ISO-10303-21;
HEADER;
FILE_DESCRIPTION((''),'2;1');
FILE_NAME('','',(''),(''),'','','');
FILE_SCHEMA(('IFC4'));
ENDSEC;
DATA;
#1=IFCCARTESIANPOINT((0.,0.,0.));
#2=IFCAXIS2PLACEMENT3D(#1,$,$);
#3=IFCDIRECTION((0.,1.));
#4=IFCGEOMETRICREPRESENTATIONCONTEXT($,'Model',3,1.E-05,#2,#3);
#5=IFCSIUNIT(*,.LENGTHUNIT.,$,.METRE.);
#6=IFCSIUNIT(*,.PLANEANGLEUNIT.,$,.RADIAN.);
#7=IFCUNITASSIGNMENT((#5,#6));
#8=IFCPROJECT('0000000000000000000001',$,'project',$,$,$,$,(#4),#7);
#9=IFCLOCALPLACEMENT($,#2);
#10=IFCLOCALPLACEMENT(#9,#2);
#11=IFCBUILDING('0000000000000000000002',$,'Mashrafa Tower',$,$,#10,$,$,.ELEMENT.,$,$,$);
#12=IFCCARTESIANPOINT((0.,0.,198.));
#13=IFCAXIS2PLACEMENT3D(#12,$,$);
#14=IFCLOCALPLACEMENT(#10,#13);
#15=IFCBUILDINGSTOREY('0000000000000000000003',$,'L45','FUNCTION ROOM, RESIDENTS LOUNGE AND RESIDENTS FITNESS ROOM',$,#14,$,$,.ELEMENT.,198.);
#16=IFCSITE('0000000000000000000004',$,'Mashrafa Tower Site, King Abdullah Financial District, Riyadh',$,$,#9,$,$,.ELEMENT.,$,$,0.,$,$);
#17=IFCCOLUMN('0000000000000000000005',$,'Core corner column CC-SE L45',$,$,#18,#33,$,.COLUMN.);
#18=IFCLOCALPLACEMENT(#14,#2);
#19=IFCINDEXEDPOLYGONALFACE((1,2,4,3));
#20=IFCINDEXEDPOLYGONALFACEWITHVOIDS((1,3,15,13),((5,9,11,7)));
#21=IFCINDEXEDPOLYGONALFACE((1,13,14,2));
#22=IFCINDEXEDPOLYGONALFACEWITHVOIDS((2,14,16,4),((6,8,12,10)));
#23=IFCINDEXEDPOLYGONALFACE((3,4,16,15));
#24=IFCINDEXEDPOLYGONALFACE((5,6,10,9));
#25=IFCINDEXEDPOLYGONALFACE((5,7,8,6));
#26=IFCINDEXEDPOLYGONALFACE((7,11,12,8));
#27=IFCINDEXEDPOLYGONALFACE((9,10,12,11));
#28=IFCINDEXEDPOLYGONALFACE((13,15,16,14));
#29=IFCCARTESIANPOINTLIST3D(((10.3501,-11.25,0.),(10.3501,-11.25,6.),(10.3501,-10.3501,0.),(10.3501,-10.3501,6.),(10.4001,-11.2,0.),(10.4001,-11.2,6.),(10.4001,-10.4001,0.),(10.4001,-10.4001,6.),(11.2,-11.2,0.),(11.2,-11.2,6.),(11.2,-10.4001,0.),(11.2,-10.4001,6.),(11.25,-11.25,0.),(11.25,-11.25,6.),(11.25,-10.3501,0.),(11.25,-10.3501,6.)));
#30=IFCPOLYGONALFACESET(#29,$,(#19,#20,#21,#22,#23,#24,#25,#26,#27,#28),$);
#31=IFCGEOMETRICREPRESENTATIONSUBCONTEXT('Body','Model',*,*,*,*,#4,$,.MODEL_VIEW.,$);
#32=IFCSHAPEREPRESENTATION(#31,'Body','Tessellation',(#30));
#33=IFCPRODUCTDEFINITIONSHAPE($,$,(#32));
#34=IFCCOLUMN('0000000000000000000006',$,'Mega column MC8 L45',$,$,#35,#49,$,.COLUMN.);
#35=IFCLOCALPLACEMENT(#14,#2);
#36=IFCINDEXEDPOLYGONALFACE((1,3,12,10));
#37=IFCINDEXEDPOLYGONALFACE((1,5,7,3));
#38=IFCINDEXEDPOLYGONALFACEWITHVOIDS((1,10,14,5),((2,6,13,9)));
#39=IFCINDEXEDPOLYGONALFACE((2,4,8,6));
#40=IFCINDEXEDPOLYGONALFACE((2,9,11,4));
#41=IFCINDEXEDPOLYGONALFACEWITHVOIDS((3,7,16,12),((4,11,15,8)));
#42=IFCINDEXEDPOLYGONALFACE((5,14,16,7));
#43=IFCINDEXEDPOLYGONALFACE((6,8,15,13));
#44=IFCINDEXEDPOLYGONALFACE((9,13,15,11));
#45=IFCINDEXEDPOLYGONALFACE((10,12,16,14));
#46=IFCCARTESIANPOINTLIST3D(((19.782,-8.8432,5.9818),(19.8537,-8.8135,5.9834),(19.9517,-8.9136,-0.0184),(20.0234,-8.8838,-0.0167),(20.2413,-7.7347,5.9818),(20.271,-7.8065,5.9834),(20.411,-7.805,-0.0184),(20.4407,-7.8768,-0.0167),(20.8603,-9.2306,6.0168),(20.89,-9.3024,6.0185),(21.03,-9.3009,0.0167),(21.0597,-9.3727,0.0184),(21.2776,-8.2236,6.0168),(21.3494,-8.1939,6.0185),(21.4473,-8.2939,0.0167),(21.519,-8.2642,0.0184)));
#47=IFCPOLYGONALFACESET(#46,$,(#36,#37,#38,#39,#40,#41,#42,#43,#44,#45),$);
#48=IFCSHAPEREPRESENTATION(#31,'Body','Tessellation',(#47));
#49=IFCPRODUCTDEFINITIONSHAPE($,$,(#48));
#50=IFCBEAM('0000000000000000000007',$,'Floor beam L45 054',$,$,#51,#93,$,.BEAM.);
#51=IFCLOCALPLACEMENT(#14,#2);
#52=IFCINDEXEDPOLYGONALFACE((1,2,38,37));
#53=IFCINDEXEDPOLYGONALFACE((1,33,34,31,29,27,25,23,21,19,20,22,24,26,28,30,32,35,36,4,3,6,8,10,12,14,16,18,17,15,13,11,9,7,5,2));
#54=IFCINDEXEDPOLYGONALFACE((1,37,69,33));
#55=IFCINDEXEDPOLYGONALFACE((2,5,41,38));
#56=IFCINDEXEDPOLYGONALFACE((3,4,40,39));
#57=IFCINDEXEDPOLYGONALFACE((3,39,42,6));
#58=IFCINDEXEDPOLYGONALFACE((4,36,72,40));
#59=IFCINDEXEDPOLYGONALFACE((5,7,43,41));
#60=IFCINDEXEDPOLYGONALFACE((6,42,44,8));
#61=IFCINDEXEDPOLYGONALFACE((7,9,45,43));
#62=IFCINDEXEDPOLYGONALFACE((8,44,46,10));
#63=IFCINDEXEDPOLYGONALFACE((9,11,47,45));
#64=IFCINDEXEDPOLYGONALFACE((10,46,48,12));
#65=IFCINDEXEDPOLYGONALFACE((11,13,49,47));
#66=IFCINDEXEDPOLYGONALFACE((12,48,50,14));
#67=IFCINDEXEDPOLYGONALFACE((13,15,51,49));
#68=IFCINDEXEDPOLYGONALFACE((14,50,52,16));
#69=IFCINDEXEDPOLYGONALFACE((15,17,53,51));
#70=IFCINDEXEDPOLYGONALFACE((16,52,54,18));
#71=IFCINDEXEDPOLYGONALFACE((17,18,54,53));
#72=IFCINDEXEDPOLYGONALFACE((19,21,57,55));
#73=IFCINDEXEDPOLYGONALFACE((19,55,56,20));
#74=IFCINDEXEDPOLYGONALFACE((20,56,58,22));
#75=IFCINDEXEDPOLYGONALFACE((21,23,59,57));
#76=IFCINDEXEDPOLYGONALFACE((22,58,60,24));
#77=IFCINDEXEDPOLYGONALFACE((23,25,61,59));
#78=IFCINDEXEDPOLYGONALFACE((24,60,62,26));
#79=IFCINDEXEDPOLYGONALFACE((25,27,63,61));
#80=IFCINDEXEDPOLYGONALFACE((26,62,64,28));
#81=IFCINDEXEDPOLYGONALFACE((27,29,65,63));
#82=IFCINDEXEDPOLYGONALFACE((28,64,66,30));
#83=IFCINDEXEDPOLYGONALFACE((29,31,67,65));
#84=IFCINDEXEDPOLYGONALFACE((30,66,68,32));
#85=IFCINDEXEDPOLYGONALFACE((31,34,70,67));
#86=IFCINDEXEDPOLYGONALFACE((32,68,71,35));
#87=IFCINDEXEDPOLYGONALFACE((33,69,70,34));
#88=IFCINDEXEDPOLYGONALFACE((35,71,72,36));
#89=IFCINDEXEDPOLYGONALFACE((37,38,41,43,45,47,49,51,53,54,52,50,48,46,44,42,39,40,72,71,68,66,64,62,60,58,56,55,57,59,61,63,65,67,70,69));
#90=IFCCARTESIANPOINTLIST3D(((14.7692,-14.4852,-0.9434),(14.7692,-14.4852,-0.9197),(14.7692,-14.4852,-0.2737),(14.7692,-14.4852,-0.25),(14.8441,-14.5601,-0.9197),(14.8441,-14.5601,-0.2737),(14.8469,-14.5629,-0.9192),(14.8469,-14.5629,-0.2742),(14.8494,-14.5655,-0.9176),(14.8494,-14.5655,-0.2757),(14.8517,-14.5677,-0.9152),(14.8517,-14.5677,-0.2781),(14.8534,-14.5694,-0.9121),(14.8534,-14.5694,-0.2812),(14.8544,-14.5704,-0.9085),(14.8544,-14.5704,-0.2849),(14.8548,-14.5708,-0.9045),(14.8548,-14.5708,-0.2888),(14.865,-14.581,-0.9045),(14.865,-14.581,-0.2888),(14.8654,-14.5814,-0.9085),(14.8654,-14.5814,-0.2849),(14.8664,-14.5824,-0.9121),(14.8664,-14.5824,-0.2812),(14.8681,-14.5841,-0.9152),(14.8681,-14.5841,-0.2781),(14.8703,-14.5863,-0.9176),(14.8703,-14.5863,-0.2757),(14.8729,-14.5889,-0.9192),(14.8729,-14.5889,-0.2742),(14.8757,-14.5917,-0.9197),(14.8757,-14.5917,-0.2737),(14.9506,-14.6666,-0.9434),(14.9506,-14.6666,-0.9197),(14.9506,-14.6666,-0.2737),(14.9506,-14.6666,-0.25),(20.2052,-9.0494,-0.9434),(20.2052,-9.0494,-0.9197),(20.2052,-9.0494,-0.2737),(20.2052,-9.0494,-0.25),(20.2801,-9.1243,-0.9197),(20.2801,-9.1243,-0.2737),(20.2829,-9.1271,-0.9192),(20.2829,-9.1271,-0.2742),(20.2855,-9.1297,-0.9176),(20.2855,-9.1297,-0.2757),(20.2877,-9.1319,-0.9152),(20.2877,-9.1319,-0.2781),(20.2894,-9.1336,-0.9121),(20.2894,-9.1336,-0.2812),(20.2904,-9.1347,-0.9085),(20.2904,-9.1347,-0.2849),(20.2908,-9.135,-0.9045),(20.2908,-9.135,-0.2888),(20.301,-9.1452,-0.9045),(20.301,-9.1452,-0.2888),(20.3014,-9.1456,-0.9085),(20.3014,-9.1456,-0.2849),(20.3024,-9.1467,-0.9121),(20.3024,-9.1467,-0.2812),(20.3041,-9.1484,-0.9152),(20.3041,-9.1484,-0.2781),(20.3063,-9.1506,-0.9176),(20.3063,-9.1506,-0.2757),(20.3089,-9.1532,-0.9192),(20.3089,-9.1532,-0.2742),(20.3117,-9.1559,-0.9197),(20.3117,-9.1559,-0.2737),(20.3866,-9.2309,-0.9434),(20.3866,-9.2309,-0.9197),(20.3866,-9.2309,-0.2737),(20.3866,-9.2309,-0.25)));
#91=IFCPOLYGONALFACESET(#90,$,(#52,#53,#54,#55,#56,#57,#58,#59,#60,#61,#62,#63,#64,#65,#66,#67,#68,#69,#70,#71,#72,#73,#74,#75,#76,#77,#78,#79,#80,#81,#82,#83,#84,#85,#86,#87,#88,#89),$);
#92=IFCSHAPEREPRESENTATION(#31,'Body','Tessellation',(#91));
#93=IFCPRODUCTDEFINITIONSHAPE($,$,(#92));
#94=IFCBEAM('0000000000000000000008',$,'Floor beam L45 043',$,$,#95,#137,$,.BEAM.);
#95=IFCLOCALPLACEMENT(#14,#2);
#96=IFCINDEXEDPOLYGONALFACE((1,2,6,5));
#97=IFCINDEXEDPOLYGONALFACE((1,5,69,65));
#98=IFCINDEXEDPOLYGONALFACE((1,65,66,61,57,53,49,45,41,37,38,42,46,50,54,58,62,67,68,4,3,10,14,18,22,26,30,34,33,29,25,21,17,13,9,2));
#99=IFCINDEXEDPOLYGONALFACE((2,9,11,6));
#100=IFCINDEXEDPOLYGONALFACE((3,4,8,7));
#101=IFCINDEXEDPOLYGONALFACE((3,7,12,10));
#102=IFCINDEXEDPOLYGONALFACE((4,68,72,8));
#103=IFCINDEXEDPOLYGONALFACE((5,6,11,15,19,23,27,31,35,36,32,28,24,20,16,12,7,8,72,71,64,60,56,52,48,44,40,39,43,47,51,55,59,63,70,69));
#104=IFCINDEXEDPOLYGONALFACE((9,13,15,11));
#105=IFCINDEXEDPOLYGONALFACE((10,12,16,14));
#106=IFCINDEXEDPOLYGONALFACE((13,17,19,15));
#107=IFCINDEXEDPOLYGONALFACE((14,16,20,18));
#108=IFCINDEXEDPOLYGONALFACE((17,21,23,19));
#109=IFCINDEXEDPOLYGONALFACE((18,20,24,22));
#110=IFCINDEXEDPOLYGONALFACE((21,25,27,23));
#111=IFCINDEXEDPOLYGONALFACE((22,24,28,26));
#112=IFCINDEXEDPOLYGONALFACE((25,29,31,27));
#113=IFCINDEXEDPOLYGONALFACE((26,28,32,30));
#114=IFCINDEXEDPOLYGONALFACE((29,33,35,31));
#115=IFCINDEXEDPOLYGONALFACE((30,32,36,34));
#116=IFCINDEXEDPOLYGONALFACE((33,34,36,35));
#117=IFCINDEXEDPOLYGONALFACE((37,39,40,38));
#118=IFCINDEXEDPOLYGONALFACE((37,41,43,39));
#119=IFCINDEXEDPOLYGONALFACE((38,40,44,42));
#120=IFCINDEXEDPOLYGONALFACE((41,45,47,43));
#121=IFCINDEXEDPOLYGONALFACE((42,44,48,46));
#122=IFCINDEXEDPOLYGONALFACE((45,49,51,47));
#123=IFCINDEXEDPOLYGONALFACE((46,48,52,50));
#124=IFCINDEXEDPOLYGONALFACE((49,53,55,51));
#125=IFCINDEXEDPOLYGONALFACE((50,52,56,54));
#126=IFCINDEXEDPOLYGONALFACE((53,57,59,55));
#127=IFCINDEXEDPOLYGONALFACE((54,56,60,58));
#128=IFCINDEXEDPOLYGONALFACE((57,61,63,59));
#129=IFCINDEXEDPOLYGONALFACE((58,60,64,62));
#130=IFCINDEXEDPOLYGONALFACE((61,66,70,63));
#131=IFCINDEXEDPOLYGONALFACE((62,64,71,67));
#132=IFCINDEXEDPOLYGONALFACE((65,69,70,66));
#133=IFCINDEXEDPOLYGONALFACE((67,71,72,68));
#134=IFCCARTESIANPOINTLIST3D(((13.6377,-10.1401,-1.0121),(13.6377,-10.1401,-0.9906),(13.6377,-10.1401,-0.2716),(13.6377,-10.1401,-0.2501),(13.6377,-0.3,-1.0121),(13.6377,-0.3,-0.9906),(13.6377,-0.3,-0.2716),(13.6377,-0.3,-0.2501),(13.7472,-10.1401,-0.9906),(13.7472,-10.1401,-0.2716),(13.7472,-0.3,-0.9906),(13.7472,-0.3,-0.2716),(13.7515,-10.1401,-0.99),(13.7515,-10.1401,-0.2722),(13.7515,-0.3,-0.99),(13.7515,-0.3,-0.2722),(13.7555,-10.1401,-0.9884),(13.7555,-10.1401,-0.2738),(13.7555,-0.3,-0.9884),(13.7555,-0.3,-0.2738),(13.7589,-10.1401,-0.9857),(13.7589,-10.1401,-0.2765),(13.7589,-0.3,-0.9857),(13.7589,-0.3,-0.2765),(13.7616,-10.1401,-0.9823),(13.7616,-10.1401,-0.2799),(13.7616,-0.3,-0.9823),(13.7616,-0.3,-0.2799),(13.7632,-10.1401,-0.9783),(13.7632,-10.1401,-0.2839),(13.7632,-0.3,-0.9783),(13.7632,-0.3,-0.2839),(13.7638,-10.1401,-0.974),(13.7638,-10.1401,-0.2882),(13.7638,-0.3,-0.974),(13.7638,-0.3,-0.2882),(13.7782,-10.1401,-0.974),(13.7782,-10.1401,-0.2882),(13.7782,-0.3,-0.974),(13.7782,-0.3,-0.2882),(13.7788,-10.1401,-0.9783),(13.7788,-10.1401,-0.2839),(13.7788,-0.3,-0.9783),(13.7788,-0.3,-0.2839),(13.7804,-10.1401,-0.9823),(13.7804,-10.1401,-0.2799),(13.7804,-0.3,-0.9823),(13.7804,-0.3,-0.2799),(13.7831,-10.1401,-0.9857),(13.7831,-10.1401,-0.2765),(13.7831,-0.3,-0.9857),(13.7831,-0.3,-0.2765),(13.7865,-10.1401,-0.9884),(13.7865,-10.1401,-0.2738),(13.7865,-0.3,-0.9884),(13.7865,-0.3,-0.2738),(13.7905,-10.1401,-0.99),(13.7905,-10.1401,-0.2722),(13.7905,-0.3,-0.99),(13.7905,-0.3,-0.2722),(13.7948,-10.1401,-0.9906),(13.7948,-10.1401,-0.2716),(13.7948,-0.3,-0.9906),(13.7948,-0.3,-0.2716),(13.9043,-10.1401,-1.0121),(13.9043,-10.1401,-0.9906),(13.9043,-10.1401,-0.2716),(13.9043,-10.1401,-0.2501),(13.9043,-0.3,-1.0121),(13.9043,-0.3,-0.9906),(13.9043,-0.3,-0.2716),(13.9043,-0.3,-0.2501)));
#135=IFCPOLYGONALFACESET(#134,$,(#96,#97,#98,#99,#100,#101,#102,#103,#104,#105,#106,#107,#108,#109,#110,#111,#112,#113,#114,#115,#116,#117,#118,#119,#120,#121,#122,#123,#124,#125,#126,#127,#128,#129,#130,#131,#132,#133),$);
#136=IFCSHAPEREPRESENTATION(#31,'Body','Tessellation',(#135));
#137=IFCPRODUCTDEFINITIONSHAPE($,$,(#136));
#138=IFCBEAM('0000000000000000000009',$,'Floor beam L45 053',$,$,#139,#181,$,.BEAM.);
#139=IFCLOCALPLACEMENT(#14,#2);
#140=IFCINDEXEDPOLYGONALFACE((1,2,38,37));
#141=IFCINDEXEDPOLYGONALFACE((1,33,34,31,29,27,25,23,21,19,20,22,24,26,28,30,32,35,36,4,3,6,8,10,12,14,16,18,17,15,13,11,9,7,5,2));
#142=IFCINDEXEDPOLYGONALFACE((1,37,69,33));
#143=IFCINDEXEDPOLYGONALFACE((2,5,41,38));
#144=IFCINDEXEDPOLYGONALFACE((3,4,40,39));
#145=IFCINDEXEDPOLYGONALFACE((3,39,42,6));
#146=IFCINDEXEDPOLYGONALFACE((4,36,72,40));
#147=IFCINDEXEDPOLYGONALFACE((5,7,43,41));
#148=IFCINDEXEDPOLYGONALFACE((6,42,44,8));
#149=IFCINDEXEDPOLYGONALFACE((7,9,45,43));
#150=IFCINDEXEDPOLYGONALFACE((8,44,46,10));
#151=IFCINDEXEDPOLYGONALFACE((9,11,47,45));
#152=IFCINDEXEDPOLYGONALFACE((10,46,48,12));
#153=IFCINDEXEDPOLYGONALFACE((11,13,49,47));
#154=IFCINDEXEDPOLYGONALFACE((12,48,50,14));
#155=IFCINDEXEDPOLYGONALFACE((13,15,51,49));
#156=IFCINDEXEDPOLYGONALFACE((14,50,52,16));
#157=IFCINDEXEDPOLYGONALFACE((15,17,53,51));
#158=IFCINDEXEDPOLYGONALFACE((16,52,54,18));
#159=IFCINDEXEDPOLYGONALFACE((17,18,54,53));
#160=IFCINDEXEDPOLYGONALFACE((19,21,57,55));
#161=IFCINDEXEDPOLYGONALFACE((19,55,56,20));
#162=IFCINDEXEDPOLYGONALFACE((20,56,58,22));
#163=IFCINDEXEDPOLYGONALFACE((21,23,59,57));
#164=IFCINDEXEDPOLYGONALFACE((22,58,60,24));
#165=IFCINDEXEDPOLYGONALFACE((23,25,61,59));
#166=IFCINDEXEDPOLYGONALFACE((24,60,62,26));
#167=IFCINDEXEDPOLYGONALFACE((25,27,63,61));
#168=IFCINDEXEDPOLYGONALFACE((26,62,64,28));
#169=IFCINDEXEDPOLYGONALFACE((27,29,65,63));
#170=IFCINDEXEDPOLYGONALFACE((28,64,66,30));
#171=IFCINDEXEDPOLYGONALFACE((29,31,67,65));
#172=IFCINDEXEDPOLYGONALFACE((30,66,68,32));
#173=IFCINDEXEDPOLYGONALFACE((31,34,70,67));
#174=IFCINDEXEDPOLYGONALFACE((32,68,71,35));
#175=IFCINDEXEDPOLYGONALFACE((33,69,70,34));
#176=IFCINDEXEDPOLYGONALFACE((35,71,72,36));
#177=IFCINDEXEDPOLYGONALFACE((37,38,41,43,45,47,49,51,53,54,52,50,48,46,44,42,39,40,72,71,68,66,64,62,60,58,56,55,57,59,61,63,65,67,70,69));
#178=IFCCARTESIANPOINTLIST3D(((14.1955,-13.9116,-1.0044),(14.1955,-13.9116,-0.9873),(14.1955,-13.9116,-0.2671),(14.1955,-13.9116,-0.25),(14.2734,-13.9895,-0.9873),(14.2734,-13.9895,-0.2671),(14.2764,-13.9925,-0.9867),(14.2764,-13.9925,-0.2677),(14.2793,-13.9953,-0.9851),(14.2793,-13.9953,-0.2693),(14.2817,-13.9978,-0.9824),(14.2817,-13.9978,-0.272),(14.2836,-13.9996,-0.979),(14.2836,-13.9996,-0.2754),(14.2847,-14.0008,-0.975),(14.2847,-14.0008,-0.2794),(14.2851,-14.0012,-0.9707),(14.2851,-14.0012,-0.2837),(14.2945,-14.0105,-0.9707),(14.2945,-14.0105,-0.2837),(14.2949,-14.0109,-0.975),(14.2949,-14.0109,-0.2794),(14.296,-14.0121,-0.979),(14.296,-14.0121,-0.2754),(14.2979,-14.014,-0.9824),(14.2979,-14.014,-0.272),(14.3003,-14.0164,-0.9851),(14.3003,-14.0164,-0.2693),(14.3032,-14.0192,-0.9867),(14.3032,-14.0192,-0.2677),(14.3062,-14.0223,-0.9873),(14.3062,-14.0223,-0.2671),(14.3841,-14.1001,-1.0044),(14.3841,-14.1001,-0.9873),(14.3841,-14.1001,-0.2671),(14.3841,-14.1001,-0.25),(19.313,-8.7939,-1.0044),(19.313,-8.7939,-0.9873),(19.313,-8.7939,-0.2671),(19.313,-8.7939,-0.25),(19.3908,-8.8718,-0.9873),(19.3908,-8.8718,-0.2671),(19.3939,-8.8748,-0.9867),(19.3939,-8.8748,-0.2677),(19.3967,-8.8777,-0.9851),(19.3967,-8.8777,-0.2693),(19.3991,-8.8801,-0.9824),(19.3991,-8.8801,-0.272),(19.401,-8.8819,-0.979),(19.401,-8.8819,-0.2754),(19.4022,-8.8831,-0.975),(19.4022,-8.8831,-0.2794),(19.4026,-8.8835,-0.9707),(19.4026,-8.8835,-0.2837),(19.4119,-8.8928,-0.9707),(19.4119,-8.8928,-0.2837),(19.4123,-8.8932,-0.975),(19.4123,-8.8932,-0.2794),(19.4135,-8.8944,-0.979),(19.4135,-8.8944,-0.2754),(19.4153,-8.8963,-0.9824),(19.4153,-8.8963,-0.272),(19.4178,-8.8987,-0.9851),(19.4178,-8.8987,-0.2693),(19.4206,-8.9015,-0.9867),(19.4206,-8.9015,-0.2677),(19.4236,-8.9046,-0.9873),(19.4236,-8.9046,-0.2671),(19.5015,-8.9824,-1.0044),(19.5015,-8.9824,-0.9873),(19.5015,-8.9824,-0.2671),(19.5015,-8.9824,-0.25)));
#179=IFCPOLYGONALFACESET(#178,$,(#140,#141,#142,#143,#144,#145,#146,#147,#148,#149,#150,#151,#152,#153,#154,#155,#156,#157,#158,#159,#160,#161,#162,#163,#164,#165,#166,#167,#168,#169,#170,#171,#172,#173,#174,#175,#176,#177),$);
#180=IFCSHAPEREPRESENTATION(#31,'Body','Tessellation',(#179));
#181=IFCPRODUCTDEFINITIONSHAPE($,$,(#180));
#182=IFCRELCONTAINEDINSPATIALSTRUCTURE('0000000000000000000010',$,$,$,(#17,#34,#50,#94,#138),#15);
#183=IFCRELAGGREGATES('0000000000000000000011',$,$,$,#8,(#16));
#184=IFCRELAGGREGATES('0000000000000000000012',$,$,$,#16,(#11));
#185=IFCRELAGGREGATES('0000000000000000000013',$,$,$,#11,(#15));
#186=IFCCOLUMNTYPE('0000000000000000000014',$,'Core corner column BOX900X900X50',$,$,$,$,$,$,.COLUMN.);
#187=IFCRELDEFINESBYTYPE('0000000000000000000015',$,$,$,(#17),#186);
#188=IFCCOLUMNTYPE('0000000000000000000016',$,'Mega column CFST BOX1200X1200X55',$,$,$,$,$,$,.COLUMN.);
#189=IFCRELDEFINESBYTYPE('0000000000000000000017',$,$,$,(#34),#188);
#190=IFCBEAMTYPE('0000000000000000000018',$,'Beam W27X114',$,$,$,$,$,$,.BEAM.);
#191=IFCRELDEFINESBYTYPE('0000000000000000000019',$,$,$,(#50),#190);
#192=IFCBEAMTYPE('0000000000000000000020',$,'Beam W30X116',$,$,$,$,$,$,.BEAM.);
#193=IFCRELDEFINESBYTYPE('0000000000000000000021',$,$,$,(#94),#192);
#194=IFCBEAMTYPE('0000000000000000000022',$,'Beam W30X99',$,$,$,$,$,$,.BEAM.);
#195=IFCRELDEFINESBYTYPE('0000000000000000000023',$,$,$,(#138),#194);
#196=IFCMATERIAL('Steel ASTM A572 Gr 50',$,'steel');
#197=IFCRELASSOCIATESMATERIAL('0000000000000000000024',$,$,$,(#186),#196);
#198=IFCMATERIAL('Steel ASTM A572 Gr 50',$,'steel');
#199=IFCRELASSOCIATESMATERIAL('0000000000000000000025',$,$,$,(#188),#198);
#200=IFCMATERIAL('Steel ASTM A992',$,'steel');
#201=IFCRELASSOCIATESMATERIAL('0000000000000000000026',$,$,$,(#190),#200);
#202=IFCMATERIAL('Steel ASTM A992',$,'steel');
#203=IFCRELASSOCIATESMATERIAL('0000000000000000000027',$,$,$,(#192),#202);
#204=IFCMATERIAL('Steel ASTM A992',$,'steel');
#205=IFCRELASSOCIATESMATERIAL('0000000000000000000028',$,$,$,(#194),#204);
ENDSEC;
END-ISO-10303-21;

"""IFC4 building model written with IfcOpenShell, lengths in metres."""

from ifc_helpers import new_model, si_unit, direction, frame, origin, origin_2d, place, context, subcontext, project, spatial, hollow_rectangle, i_section, extrude, material, material_profile, profile_set, type_object, element, save


model = new_model("IFC4")

# Units and contexts
model_context = context("Model", 3, precision=1e-05, world=origin(), true_north=direction((0.0, 1.0)))
body_context = subcontext(model_context, "Body", "Model", "MODEL_VIEW")
ifc_project = project(units=[si_unit("LENGTHUNIT", "METRE"), si_unit("PLANEANGLEUNIT", "RADIAN")], contexts=[model_context])

# Site, building, storey
site_placement = place(None, origin())
site = spatial("IfcSite", under=ifc_project, at=site_placement, Name="Mashrafa Tower Site, King Abdullah Financial District, Riyadh", CompositionType="ELEMENT", RefElevation=0.0)
building_placement = place(site_placement, origin())
building = spatial("IfcBuilding", under=site, at=building_placement, Name="Mashrafa Tower", CompositionType="ELEMENT")
storey_placement = place(building_placement, frame((0.0, 0.0, 198.0)))
storey = spatial("IfcBuildingStorey", under=building, at=storey_placement, Name="L45", Description="FUNCTION ROOM, RESIDENTS LOUNGE AND RESIDENTS FITNESS ROOM", CompositionType="ELEMENT", Elevation=198.0)

# Columns
ifc_material_1 = material(Name="Steel ASTM A572 Gr 50", Category="steel")
ifc_material_profile_1 = material_profile(ifc_material_1, hollow_rectangle(XDim=0.8999, YDim=0.8999, WallThickness=0.05, at=origin_2d()), Name="BOX900X900X50")
ifc_profile_set_1 = profile_set([ifc_material_profile_1], Name="Steel ASTM A572 Gr 50")
column_type_1 = type_object("IfcColumnType", Name="Core corner column BOX900X900X50", PredefinedType="COLUMN", material=ifc_profile_set_1)
column_1_placement = place(storey_placement, frame((10.8, -10.8, 0.0), z_axis=(0.0, 0.0, 1.0), x_axis=(1.0, 0.0, 0.0)))
element("IfcColumn", 1, at=column_1_placement, inside=storey, type_object=column_type_1, Name="Core corner column CC-SE L45", PredefinedType="COLUMN", context=body_context, shape_type="SweptSolid", body=[
    extrude(hollow_rectangle(XDim=0.8999, YDim=0.8999, WallThickness=0.05, at=origin_2d()), origin(), (0.0, 0.0, 1.0), 6.0),
])
ifc_material_2 = material(Name="Steel ASTM A572 Gr 50", Category="steel")
ifc_material_profile_2 = material_profile(ifc_material_2, hollow_rectangle(XDim=1.2, YDim=1.2, WallThickness=0.0549, at=origin_2d()), Name="BOX1200X1200X55")
ifc_profile_set_2 = profile_set([ifc_material_profile_2], Name="Steel ASTM A572 Gr 50")
column_type_2 = type_object("IfcColumnType", Name="Mega column CFST BOX1200X1200X55", PredefinedType="COLUMN", material=ifc_profile_set_2)
column_2_placement = place(storey_placement, frame((20.7354, -8.5889, 0.0), z_axis=(-0.028266, 0.011713, 0.999532), x_axis=(-0.382821, -0.923822, 0.0)))
element("IfcColumn", 2, at=column_2_placement, inside=storey, type_object=column_type_2, Name="Mega column MC8 L45", PredefinedType="COLUMN", context=body_context, shape_type="SweptSolid", body=[
    extrude(hollow_rectangle(XDim=1.2, YDim=1.2, WallThickness=0.0549, at=origin_2d()), origin(), (0.0, 0.0, 1.0), 6.0029),
])

# Beams
ifc_material_3 = material(Name="Steel ASTM A992", Category="steel")
ifc_material_profile_3 = material_profile(ifc_material_3, i_section(OverallWidth=0.2566, OverallDepth=0.6934, WebThickness=0.0144, FlangeThickness=0.0237, FilletRadius=0.0151, at=origin_2d()), Name="W27X114")
ifc_profile_set_3 = profile_set([ifc_material_profile_3], Name="Steel ASTM A992")
beam_type_1 = type_object("IfcBeamType", Name="Beam W27X114", PredefinedType="BEAM", material=ifc_profile_set_3)
beam_1_placement = place(storey_placement, frame((20.2959, -9.1401, -0.5967), z_axis=(-0.707123, -0.707091, 0.0), x_axis=(0.707091, -0.707123, 0.0)))
element("IfcBeam", 3, at=beam_1_placement, inside=storey, type_object=beam_type_1, Name="Floor beam L45 054", PredefinedType="BEAM", context=body_context, shape_type="SweptSolid", body=[
    extrude(i_section(OverallWidth=0.2566, OverallDepth=0.6934, WebThickness=0.0144, FlangeThickness=0.0237, FilletRadius=0.0151, at=origin_2d()), origin(), (0.0, 0.0, 1.0), 7.6875),
])
ifc_material_4 = material(Name="Steel ASTM A992", Category="steel")
ifc_material_profile_4 = material_profile(ifc_material_4, i_section(OverallWidth=0.2666, OverallDepth=0.762, WebThickness=0.0144, FlangeThickness=0.0215, FilletRadius=0.0166, at=origin_2d()), Name="W30X116")
ifc_profile_set_4 = profile_set([ifc_material_profile_4], Name="Steel ASTM A992")
beam_type_2 = type_object("IfcBeamType", Name="Beam W30X116", PredefinedType="BEAM", material=ifc_profile_set_4)
beam_2_placement = place(storey_placement, frame((13.771, -0.3, -0.6311), z_axis=(0.0, -1.0, 0.0), x_axis=(1.0, 0.0, 0.0)))
element("IfcBeam", 4, at=beam_2_placement, inside=storey, type_object=beam_type_2, Name="Floor beam L45 043", PredefinedType="BEAM", context=body_context, shape_type="SweptSolid", body=[
    extrude(i_section(OverallWidth=0.2666, OverallDepth=0.762, WebThickness=0.0144, FlangeThickness=0.0215, FilletRadius=0.0166, at=origin_2d()), origin(), (0.0, 0.0, 1.0), 9.8401),
])
ifc_material_5 = material(Name="Steel ASTM A992", Category="steel")
ifc_material_profile_5 = material_profile(ifc_material_5, i_section(OverallWidth=0.2666, OverallDepth=0.7544, WebThickness=0.0132, FlangeThickness=0.0171, FilletRadius=0.0166, at=origin_2d()), Name="W30X99")
ifc_profile_set_5 = profile_set([ifc_material_profile_5], Name="Steel ASTM A992")
beam_type_3 = type_object("IfcBeamType", Name="Beam W30X99", PredefinedType="BEAM", material=ifc_profile_set_5)
beam_3_placement = place(storey_placement, frame((19.4072, -8.8882, -0.6272), z_axis=(-0.70709, -0.707124, 0.0), x_axis=(0.707124, -0.70709, 0.0)))
element("IfcBeam", 5, at=beam_3_placement, inside=storey, type_object=beam_type_3, Name="Floor beam L45 053", PredefinedType="BEAM", context=body_context, shape_type="SweptSolid", body=[
    extrude(i_section(OverallWidth=0.2666, OverallDepth=0.7544, WebThickness=0.0132, FlangeThickness=0.0171, FilletRadius=0.0166, at=origin_2d()), origin(), (0.0, 0.0, 1.0), 7.2373),
])

save(model, "model.ifc")
